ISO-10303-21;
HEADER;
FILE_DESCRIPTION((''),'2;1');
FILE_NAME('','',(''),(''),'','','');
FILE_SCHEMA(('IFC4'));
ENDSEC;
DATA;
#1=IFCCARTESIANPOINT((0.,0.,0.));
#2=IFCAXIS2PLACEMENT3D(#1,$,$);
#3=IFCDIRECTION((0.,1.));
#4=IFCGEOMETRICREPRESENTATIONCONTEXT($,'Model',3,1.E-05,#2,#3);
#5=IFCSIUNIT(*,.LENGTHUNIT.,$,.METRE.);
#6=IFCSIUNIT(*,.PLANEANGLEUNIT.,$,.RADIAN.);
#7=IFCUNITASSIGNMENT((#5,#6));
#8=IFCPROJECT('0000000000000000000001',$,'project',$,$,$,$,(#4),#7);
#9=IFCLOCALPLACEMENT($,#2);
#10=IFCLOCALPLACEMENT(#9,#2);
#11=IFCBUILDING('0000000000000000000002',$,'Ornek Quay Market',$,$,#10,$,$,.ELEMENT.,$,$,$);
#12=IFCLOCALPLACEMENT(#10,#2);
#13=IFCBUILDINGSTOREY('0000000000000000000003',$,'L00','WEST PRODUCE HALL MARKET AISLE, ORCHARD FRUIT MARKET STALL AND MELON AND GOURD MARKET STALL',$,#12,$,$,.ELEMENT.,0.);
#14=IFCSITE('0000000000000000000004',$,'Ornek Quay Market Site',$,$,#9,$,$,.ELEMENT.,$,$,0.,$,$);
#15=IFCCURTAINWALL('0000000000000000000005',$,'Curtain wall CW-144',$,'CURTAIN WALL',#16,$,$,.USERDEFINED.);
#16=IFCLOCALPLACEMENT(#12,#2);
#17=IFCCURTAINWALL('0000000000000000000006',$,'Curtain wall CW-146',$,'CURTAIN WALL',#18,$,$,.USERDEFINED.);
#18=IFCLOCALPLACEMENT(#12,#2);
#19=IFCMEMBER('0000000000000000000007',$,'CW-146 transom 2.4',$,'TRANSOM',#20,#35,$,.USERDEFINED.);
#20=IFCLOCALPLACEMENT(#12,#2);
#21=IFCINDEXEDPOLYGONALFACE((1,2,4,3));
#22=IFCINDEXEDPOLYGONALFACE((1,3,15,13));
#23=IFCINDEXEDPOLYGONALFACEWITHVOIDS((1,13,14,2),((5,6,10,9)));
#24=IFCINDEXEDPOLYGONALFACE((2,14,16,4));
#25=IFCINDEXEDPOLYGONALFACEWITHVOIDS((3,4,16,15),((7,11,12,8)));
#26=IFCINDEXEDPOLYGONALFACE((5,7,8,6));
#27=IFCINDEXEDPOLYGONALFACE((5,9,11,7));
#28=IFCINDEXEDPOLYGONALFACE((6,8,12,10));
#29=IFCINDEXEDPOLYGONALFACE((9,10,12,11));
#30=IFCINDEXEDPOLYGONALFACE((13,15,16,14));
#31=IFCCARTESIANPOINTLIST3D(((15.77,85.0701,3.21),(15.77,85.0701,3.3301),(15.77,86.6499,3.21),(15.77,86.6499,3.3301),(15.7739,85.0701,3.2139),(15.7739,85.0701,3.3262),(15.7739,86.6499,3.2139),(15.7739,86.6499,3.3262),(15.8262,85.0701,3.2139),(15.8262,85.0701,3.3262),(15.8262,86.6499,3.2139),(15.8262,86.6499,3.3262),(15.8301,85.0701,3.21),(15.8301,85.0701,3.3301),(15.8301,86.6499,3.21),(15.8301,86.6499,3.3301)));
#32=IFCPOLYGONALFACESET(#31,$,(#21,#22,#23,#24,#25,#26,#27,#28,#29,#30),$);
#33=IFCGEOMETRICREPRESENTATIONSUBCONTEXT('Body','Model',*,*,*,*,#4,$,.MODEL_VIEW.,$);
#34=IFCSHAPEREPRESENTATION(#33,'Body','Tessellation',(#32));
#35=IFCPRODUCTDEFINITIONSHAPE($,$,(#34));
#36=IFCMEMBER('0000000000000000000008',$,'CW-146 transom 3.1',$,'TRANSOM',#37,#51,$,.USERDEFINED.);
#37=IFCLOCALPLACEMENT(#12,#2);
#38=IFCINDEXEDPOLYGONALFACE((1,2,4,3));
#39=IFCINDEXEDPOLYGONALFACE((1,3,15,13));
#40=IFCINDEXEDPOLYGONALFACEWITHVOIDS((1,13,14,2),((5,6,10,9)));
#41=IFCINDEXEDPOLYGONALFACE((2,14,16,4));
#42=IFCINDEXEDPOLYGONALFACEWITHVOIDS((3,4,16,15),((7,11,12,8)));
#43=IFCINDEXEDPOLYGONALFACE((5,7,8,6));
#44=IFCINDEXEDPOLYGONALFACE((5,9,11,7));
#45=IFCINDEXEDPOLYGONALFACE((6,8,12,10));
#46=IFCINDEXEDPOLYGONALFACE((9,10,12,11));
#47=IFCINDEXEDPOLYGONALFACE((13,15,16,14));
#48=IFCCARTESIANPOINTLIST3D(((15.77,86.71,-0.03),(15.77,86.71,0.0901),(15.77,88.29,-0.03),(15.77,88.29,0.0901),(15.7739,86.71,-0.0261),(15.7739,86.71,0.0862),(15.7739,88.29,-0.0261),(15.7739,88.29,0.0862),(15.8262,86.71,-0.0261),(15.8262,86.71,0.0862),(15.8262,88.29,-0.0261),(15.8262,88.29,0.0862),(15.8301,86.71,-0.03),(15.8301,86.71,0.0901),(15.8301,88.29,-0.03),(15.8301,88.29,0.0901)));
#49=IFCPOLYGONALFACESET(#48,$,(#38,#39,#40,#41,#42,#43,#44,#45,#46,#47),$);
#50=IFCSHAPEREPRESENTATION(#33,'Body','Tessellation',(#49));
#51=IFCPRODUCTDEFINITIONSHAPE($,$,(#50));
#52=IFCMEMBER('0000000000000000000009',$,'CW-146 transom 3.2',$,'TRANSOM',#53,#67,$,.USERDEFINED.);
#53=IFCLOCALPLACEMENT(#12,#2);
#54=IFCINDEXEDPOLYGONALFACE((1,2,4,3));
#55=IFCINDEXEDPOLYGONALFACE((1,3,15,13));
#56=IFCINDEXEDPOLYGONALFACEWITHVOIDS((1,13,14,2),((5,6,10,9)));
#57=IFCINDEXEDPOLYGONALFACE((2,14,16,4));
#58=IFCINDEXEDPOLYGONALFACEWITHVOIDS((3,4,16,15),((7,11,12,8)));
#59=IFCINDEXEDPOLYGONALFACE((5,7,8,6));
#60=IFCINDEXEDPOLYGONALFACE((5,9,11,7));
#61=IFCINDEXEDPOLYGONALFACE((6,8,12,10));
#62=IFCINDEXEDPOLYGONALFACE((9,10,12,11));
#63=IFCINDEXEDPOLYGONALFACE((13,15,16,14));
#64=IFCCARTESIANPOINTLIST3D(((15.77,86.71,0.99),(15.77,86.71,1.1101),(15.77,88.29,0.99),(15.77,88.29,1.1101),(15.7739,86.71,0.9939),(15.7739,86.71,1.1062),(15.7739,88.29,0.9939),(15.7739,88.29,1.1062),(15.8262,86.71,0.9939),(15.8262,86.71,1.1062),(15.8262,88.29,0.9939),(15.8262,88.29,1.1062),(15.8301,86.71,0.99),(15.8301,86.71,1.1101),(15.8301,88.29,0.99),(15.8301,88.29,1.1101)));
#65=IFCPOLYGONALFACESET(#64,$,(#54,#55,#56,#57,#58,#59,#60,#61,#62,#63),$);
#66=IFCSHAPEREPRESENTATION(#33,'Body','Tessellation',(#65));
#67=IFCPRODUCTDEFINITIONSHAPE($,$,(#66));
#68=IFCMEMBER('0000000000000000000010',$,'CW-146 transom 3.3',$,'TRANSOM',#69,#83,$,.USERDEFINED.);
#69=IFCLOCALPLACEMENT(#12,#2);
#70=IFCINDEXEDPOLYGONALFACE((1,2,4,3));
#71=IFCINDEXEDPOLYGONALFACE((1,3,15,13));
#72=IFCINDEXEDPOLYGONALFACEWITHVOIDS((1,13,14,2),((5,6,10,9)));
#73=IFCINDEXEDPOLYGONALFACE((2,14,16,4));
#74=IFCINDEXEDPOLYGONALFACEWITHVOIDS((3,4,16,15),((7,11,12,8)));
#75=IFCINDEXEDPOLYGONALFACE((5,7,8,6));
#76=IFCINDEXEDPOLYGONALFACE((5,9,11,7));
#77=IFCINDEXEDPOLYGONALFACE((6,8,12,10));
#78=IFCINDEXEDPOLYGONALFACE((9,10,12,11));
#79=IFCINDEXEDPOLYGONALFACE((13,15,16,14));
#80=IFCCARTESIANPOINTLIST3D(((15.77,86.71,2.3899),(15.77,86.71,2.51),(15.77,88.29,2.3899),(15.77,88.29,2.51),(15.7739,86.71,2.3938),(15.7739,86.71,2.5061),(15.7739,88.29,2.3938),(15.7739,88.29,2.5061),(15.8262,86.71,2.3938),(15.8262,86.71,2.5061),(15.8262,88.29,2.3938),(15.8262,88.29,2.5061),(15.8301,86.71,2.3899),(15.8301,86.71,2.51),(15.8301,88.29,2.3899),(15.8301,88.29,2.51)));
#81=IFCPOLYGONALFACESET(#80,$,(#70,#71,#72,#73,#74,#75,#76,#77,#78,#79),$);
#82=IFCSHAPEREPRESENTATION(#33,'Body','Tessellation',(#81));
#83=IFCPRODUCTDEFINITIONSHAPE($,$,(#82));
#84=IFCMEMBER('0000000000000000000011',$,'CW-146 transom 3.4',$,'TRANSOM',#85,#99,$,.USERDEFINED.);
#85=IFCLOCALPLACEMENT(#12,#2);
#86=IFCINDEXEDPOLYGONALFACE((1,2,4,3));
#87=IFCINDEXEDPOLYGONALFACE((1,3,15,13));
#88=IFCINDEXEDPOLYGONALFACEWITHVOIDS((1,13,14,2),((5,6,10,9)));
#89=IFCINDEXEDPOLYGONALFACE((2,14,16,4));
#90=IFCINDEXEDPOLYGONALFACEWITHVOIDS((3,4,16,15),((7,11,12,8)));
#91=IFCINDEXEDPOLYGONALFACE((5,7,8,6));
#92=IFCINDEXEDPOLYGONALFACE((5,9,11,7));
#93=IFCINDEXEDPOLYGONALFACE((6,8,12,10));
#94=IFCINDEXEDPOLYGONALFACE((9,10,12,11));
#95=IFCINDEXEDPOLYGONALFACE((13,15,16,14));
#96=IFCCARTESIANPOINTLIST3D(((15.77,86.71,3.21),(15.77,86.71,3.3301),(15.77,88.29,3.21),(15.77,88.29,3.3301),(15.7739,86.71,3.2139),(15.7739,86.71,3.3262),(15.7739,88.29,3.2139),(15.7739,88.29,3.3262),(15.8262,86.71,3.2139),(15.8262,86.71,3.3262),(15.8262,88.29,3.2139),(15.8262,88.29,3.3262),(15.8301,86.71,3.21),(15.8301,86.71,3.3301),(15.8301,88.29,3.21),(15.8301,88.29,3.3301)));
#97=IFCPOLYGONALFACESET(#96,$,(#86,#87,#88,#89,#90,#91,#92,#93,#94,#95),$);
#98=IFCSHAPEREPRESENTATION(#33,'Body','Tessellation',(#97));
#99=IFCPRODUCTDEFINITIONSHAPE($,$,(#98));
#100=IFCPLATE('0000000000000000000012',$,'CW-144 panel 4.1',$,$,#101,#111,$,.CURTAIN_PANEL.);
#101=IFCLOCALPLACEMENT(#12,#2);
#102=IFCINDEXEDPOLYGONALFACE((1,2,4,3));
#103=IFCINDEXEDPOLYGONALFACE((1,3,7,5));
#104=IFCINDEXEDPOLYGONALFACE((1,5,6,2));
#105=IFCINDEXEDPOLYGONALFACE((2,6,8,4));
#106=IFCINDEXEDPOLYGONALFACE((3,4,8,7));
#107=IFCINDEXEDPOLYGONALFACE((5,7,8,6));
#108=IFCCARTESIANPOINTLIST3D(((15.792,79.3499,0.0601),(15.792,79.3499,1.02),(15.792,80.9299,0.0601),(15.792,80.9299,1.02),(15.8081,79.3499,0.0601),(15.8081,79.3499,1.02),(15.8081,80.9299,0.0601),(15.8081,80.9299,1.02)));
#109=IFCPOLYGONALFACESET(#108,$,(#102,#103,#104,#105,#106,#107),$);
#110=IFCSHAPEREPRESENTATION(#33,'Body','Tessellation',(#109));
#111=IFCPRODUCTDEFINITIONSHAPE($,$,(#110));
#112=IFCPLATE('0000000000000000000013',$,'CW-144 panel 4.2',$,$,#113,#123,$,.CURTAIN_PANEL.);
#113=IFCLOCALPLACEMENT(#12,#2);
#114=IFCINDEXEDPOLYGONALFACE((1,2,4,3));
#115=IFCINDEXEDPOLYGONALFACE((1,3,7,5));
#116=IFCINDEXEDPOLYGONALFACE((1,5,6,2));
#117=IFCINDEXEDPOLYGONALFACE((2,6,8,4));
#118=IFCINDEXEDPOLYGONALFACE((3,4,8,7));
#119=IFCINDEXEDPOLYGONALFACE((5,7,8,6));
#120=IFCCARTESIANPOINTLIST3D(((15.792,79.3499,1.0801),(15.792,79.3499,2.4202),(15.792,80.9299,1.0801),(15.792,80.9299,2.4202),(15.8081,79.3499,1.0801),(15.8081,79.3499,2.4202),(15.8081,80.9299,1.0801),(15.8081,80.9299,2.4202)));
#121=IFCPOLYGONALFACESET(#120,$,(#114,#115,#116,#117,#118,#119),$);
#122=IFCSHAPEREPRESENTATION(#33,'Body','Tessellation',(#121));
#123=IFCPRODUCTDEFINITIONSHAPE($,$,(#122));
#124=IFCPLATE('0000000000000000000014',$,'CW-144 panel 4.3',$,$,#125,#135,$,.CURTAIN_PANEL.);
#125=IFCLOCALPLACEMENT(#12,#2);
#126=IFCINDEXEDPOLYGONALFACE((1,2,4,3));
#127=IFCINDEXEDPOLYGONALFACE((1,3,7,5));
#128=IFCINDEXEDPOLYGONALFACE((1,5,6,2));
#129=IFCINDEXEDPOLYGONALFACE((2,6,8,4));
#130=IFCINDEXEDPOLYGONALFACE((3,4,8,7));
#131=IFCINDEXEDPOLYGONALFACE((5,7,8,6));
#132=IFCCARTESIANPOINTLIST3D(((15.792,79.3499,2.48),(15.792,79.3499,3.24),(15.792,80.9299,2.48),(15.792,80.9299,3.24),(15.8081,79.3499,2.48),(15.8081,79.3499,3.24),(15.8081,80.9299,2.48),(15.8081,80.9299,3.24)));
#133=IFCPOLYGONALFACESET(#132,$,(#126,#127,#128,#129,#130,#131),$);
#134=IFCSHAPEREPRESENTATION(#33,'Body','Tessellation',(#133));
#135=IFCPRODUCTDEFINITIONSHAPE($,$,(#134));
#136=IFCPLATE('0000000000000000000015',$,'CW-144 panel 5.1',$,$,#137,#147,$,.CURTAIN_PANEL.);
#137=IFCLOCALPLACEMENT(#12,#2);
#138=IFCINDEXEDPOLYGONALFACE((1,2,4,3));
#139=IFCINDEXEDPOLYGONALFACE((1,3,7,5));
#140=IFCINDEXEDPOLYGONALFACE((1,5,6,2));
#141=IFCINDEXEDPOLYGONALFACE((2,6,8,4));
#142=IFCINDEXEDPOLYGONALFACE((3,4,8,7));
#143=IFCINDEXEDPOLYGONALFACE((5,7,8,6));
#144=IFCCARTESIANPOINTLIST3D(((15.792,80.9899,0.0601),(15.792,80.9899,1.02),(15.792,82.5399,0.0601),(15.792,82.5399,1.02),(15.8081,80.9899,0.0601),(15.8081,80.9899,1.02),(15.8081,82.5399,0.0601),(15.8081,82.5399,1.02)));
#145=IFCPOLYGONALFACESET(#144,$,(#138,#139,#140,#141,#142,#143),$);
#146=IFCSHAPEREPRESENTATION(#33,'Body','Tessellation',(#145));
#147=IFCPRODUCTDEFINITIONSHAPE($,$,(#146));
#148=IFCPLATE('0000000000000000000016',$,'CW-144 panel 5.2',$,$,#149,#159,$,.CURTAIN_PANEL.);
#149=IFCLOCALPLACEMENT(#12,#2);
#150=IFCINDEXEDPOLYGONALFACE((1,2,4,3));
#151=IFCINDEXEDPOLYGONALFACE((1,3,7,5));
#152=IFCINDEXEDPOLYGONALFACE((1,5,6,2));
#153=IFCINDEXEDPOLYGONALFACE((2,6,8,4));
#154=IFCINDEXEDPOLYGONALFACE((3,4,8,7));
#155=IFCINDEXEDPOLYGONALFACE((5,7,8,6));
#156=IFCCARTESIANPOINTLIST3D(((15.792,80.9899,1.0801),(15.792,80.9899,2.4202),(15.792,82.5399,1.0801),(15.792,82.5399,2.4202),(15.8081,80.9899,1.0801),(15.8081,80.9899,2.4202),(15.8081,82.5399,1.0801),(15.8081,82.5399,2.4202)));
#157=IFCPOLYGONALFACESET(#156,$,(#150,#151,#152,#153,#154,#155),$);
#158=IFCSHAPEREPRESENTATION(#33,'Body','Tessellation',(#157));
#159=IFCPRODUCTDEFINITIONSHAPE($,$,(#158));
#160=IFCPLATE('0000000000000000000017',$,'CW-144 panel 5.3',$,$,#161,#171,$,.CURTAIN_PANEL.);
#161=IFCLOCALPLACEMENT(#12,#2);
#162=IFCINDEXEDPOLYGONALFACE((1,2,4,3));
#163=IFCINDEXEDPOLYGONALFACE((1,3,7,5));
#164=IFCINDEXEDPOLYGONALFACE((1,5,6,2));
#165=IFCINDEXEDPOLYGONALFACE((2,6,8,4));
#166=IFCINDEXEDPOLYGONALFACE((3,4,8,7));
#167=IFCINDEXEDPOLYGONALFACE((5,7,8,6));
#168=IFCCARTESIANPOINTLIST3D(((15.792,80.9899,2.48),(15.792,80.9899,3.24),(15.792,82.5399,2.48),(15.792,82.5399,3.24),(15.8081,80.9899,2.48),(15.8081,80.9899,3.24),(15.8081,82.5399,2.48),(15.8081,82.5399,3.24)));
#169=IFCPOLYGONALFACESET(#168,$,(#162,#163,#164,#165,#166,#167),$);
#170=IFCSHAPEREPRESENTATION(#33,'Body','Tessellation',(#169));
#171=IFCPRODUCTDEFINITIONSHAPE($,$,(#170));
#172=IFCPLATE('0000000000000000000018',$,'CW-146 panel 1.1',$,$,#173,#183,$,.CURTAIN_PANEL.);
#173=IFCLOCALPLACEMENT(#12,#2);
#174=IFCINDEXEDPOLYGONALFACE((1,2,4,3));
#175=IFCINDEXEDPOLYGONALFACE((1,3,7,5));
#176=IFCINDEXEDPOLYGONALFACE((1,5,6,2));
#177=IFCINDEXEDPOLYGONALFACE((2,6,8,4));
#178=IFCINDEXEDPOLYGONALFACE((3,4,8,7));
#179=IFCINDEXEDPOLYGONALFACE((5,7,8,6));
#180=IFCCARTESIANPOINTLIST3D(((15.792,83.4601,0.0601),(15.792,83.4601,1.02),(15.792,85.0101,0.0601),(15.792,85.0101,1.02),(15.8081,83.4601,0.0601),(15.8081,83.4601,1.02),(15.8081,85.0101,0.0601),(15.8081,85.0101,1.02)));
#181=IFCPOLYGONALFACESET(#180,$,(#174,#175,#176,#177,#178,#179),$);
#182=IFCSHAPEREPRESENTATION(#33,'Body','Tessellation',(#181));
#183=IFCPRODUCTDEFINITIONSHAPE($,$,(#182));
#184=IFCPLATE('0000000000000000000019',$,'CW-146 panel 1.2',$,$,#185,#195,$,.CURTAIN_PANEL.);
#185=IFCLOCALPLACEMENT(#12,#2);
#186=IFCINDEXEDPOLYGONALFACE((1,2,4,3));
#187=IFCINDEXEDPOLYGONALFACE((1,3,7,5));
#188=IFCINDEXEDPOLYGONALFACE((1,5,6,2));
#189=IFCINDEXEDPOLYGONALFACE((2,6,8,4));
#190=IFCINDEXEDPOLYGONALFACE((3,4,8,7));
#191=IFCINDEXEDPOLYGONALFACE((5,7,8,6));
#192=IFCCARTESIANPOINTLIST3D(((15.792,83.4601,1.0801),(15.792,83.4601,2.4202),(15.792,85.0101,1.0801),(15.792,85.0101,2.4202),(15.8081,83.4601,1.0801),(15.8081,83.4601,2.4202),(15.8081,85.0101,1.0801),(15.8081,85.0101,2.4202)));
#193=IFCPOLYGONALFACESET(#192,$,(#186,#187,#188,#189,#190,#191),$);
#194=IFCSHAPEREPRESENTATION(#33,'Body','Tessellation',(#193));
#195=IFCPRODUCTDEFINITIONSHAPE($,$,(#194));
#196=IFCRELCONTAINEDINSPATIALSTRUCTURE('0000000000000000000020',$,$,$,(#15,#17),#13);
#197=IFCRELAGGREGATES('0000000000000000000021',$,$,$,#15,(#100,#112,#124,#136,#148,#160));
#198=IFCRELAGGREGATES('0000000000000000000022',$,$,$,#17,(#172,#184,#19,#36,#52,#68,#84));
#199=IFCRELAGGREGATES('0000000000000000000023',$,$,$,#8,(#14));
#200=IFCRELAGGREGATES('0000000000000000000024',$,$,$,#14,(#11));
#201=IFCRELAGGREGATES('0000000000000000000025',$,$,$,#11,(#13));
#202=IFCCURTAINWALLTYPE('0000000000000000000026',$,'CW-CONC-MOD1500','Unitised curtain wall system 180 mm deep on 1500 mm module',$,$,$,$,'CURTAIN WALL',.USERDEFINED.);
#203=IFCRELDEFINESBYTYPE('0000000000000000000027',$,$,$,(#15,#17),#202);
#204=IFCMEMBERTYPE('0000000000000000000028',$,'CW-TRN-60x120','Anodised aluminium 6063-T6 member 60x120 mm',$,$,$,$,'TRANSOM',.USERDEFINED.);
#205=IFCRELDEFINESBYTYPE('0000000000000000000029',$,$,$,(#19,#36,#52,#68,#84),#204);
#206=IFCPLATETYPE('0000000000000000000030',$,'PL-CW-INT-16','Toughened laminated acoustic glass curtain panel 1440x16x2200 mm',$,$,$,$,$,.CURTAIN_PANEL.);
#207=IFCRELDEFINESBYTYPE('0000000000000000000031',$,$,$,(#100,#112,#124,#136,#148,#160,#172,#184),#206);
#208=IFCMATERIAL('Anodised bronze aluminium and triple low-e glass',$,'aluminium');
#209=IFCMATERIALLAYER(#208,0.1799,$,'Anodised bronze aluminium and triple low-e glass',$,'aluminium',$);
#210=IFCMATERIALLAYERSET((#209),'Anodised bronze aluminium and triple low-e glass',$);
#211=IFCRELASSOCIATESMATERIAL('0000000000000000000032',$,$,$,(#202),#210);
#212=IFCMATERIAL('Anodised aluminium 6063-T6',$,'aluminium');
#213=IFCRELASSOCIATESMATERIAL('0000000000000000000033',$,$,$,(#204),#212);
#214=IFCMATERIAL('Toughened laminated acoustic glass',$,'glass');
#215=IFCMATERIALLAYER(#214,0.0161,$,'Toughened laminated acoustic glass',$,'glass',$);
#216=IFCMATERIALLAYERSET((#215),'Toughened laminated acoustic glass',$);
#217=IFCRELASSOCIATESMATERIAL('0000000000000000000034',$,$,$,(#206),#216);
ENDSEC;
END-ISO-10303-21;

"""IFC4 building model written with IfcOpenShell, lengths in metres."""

from ifc_helpers import new_model, si_unit, direction, frame, origin, origin_2d, place, context, subcontext, project, spatial, rectangle, hollow_rectangle, extrude, material, layer, layer_set, material_profile, profile_set, type_object, element, aggregate, save


model = new_model("IFC4")

# Units and contexts
model_context = context("Model", 3, precision=1e-05, world=origin(), true_north=direction((0.0, 1.0)))
body_context = subcontext(model_context, "Body", "Model", "MODEL_VIEW")
ifc_project = project(units=[si_unit("LENGTHUNIT", "METRE"), si_unit("PLANEANGLEUNIT", "RADIAN")], contexts=[model_context])

# Site, building, storey
site_placement = place(None, origin())
site = spatial("IfcSite", under=ifc_project, at=site_placement, Name="Ornek Quay Market Site", CompositionType="ELEMENT", RefElevation=0.0)
building_placement = place(site_placement, origin())
building = spatial("IfcBuilding", under=site, at=building_placement, Name="Ornek Quay Market", CompositionType="ELEMENT")
storey_placement = place(building_placement, origin())
storey = spatial("IfcBuildingStorey", under=building, at=storey_placement, Name="L00", Description="WEST PRODUCE HALL MARKET AISLE, ORCHARD FRUIT MARKET STALL AND MELON AND GOURD MARKET STALL", CompositionType="ELEMENT", Elevation=0.0)

# Curtain walls
ifc_material_1 = material(Name="Anodised bronze aluminium and triple low-e glass", Category="aluminium")
ifc_layer_1 = layer(ifc_material_1, 0.1799, Name="Anodised bronze aluminium and triple low-e glass", Category="aluminium")
ifc_layer_set_1 = layer_set([ifc_layer_1], Name="Anodised bronze aluminium and triple low-e glass")
curtain_wall_type = type_object("IfcCurtainWallType", Name="CW-CONC-MOD1500", Description="Unitised curtain wall system 180 mm deep on 1500 mm module", ElementType="CURTAIN WALL", PredefinedType="USERDEFINED", material=ifc_layer_set_1)
curtain_wall_1_placement = place(storey_placement, origin())
curtain_wall_1 = element("IfcCurtainWall", 1, at=curtain_wall_1_placement, inside=storey, type_object=curtain_wall_type, Name="Curtain wall CW-144", ObjectType="CURTAIN WALL", PredefinedType="USERDEFINED")
ifc_material_2 = material(Name="Anodised aluminium 6063-T6", Category="aluminium")
curtain_wall_2_placement = place(storey_placement, origin())
curtain_wall_2 = element("IfcCurtainWall", 2, at=curtain_wall_2_placement, inside=storey, type_object=curtain_wall_type, Name="Curtain wall CW-146", ObjectType="CURTAIN WALL", PredefinedType="USERDEFINED")

# Members
ifc_material_profile_1 = material_profile(ifc_material_2, hollow_rectangle(XDim=0.0601, YDim=0.1201, WallThickness=0.0039, at=origin_2d()), Name="CW-TRN-60x120", Category="aluminium")
ifc_profile_set_1 = profile_set([ifc_material_profile_1], Name="Anodised aluminium 6063-T6")
member_type_1 = type_object("IfcMemberType", Name="CW-TRN-60x120", Description="Anodised aluminium 6063-T6 member 60x120 mm", ElementType="TRANSOM", PredefinedType="USERDEFINED", material=ifc_profile_set_1)
member_1_placement = place(storey_placement, frame((15.8, 85.0701, 3.27), z_axis=(0.0, 1.0, 0.0), x_axis=(-1.0, 0.0, 0.0)))
member_1 = element("IfcMember", 3, at=member_1_placement, type_object=member_type_1, Name="CW-146 transom 2.4", ObjectType="TRANSOM", PredefinedType="USERDEFINED", context=body_context, shape_type="SweptSolid", body=[
    extrude(hollow_rectangle(XDim=0.0601, YDim=0.1201, WallThickness=0.0039, at=origin_2d()), origin(), (0.0, 0.0, 1.0), 1.5798),
])
member_2_placement = place(storey_placement, frame((15.8, 86.71, 0.03), z_axis=(0.0, 1.0, 0.0), x_axis=(-1.0, 0.0, 0.0)))
member_2 = element("IfcMember", 4, at=member_2_placement, type_object=member_type_1, Name="CW-146 transom 3.1", ObjectType="TRANSOM", PredefinedType="USERDEFINED", context=body_context, shape_type="SweptSolid", body=[
    extrude(hollow_rectangle(XDim=0.0601, YDim=0.1201, WallThickness=0.0039, at=origin_2d()), origin(), (0.0, 0.0, 1.0), 1.5801),
])
member_3_placement = place(storey_placement, frame((15.8, 86.71, 1.05), z_axis=(0.0, 1.0, 0.0), x_axis=(-1.0, 0.0, 0.0)))
member_3 = element("IfcMember", 5, at=member_3_placement, type_object=member_type_1, Name="CW-146 transom 3.2", ObjectType="TRANSOM", PredefinedType="USERDEFINED", context=body_context, shape_type="SweptSolid", body=[
    extrude(hollow_rectangle(XDim=0.0601, YDim=0.1201, WallThickness=0.0039, at=origin_2d()), origin(), (0.0, 0.0, 1.0), 1.5801),
])
member_4_placement = place(storey_placement, frame((15.8, 86.71, 2.45), z_axis=(0.0, 1.0, 0.0), x_axis=(-1.0, 0.0, 0.0)))
member_4 = element("IfcMember", 6, at=member_4_placement, type_object=member_type_1, Name="CW-146 transom 3.3", ObjectType="TRANSOM", PredefinedType="USERDEFINED", context=body_context, shape_type="SweptSolid", body=[
    extrude(hollow_rectangle(XDim=0.0601, YDim=0.1201, WallThickness=0.0039, at=origin_2d()), origin(), (0.0, 0.0, 1.0), 1.5801),
])
member_5_placement = place(storey_placement, frame((15.8, 86.71, 3.27), z_axis=(0.0, 1.0, 0.0), x_axis=(-1.0, 0.0, 0.0)))
member_5 = element("IfcMember", 7, at=member_5_placement, type_object=member_type_1, Name="CW-146 transom 3.4", ObjectType="TRANSOM", PredefinedType="USERDEFINED", context=body_context, shape_type="SweptSolid", body=[
    extrude(hollow_rectangle(XDim=0.0601, YDim=0.1201, WallThickness=0.0039, at=origin_2d()), origin(), (0.0, 0.0, 1.0), 1.5801),
])

# Plates
ifc_material_3 = material(Name="Toughened laminated acoustic glass", Category="glass")
ifc_layer_2 = layer(ifc_material_3, 0.0161, Name="Toughened laminated acoustic glass", Category="glass")
ifc_layer_set_2 = layer_set([ifc_layer_2], Name="Toughened laminated acoustic glass")
plate_type = type_object("IfcPlateType", Name="PL-CW-INT-16", Description="Toughened laminated acoustic glass curtain panel 1440x16x2200 mm", PredefinedType="CURTAIN_PANEL", material=ifc_layer_set_2)
plate_1_placement = place(storey_placement, frame((15.8, 80.1399, 0.0601), z_axis=(0.0, 0.0, 1.0), x_axis=(0.0, 1.0, 0.0)))
plate_1 = element("IfcPlate", 8, at=plate_1_placement, type_object=plate_type, Name="CW-144 panel 4.1", PredefinedType="CURTAIN_PANEL", context=body_context, shape_type="SweptSolid", body=[
    extrude(rectangle(XDim=1.5801, YDim=0.0161, at=origin_2d()), origin(), (0.0, 0.0, 1.0), 0.96),
])
plate_2_placement = place(storey_placement, frame((15.8, 80.1399, 1.0801), z_axis=(0.0, 0.0, 1.0), x_axis=(0.0, 1.0, 0.0)))
plate_2 = element("IfcPlate", 9, at=plate_2_placement, type_object=plate_type, Name="CW-144 panel 4.2", PredefinedType="CURTAIN_PANEL", context=body_context, shape_type="SweptSolid", body=[
    extrude(rectangle(XDim=1.5801, YDim=0.0161, at=origin_2d()), origin(), (0.0, 0.0, 1.0), 1.3401),
])
plate_3_placement = place(storey_placement, frame((15.8, 80.1399, 2.48), z_axis=(0.0, 0.0, 1.0), x_axis=(0.0, 1.0, 0.0)))
plate_3 = element("IfcPlate", 10, at=plate_3_placement, type_object=plate_type, Name="CW-144 panel 4.3", PredefinedType="CURTAIN_PANEL", context=body_context, shape_type="SweptSolid", body=[
    extrude(rectangle(XDim=1.5801, YDim=0.0161, at=origin_2d()), origin(), (0.0, 0.0, 1.0), 0.76),
])
plate_4_placement = place(storey_placement, frame((15.8, 81.7649, 0.0601), z_axis=(0.0, 0.0, 1.0), x_axis=(0.0, 1.0, 0.0)))
plate_4 = element("IfcPlate", 11, at=plate_4_placement, type_object=plate_type, Name="CW-144 panel 5.1", PredefinedType="CURTAIN_PANEL", context=body_context, shape_type="SweptSolid", body=[
    extrude(rectangle(XDim=1.55, YDim=0.0161, at=origin_2d()), origin(), (0.0, 0.0, 1.0), 0.96),
])
plate_5_placement = place(storey_placement, frame((15.8, 81.7649, 1.0801), z_axis=(0.0, 0.0, 1.0), x_axis=(0.0, 1.0, 0.0)))
plate_5 = element("IfcPlate", 12, at=plate_5_placement, type_object=plate_type, Name="CW-144 panel 5.2", PredefinedType="CURTAIN_PANEL", context=body_context, shape_type="SweptSolid", body=[
    extrude(rectangle(XDim=1.55, YDim=0.0161, at=origin_2d()), origin(), (0.0, 0.0, 1.0), 1.3401),
])
plate_6_placement = place(storey_placement, frame((15.8, 81.7649, 2.48), z_axis=(0.0, 0.0, 1.0), x_axis=(0.0, 1.0, 0.0)))
plate_6 = element("IfcPlate", 13, at=plate_6_placement, type_object=plate_type, Name="CW-144 panel 5.3", PredefinedType="CURTAIN_PANEL", context=body_context, shape_type="SweptSolid", body=[
    extrude(rectangle(XDim=1.55, YDim=0.0161, at=origin_2d()), origin(), (0.0, 0.0, 1.0), 0.76),
])
aggregate(curtain_wall_1, [plate_1, plate_2, plate_3, plate_4, plate_5, plate_6])
plate_7_placement = place(storey_placement, frame((15.8, 84.2351, 0.0601), z_axis=(0.0, 0.0, 1.0), x_axis=(0.0, 1.0, 0.0)))
plate_7 = element("IfcPlate", 14, at=plate_7_placement, type_object=plate_type, Name="CW-146 panel 1.1", PredefinedType="CURTAIN_PANEL", context=body_context, shape_type="SweptSolid", body=[
    extrude(rectangle(XDim=1.55, YDim=0.0161, at=origin_2d()), origin(), (0.0, 0.0, 1.0), 0.96),
])
plate_8_placement = place(storey_placement, frame((15.8, 84.2351, 1.0801), z_axis=(0.0, 0.0, 1.0), x_axis=(0.0, 1.0, 0.0)))
plate_8 = element("IfcPlate", 15, at=plate_8_placement, type_object=plate_type, Name="CW-146 panel 1.2", PredefinedType="CURTAIN_PANEL", context=body_context, shape_type="SweptSolid", body=[
    extrude(rectangle(XDim=1.55, YDim=0.0161, at=origin_2d()), origin(), (0.0, 0.0, 1.0), 1.3401),
])
aggregate(curtain_wall_2, [plate_7, plate_8, member_1, member_2, member_3, member_4, member_5])

save(model, "model.ifc")
